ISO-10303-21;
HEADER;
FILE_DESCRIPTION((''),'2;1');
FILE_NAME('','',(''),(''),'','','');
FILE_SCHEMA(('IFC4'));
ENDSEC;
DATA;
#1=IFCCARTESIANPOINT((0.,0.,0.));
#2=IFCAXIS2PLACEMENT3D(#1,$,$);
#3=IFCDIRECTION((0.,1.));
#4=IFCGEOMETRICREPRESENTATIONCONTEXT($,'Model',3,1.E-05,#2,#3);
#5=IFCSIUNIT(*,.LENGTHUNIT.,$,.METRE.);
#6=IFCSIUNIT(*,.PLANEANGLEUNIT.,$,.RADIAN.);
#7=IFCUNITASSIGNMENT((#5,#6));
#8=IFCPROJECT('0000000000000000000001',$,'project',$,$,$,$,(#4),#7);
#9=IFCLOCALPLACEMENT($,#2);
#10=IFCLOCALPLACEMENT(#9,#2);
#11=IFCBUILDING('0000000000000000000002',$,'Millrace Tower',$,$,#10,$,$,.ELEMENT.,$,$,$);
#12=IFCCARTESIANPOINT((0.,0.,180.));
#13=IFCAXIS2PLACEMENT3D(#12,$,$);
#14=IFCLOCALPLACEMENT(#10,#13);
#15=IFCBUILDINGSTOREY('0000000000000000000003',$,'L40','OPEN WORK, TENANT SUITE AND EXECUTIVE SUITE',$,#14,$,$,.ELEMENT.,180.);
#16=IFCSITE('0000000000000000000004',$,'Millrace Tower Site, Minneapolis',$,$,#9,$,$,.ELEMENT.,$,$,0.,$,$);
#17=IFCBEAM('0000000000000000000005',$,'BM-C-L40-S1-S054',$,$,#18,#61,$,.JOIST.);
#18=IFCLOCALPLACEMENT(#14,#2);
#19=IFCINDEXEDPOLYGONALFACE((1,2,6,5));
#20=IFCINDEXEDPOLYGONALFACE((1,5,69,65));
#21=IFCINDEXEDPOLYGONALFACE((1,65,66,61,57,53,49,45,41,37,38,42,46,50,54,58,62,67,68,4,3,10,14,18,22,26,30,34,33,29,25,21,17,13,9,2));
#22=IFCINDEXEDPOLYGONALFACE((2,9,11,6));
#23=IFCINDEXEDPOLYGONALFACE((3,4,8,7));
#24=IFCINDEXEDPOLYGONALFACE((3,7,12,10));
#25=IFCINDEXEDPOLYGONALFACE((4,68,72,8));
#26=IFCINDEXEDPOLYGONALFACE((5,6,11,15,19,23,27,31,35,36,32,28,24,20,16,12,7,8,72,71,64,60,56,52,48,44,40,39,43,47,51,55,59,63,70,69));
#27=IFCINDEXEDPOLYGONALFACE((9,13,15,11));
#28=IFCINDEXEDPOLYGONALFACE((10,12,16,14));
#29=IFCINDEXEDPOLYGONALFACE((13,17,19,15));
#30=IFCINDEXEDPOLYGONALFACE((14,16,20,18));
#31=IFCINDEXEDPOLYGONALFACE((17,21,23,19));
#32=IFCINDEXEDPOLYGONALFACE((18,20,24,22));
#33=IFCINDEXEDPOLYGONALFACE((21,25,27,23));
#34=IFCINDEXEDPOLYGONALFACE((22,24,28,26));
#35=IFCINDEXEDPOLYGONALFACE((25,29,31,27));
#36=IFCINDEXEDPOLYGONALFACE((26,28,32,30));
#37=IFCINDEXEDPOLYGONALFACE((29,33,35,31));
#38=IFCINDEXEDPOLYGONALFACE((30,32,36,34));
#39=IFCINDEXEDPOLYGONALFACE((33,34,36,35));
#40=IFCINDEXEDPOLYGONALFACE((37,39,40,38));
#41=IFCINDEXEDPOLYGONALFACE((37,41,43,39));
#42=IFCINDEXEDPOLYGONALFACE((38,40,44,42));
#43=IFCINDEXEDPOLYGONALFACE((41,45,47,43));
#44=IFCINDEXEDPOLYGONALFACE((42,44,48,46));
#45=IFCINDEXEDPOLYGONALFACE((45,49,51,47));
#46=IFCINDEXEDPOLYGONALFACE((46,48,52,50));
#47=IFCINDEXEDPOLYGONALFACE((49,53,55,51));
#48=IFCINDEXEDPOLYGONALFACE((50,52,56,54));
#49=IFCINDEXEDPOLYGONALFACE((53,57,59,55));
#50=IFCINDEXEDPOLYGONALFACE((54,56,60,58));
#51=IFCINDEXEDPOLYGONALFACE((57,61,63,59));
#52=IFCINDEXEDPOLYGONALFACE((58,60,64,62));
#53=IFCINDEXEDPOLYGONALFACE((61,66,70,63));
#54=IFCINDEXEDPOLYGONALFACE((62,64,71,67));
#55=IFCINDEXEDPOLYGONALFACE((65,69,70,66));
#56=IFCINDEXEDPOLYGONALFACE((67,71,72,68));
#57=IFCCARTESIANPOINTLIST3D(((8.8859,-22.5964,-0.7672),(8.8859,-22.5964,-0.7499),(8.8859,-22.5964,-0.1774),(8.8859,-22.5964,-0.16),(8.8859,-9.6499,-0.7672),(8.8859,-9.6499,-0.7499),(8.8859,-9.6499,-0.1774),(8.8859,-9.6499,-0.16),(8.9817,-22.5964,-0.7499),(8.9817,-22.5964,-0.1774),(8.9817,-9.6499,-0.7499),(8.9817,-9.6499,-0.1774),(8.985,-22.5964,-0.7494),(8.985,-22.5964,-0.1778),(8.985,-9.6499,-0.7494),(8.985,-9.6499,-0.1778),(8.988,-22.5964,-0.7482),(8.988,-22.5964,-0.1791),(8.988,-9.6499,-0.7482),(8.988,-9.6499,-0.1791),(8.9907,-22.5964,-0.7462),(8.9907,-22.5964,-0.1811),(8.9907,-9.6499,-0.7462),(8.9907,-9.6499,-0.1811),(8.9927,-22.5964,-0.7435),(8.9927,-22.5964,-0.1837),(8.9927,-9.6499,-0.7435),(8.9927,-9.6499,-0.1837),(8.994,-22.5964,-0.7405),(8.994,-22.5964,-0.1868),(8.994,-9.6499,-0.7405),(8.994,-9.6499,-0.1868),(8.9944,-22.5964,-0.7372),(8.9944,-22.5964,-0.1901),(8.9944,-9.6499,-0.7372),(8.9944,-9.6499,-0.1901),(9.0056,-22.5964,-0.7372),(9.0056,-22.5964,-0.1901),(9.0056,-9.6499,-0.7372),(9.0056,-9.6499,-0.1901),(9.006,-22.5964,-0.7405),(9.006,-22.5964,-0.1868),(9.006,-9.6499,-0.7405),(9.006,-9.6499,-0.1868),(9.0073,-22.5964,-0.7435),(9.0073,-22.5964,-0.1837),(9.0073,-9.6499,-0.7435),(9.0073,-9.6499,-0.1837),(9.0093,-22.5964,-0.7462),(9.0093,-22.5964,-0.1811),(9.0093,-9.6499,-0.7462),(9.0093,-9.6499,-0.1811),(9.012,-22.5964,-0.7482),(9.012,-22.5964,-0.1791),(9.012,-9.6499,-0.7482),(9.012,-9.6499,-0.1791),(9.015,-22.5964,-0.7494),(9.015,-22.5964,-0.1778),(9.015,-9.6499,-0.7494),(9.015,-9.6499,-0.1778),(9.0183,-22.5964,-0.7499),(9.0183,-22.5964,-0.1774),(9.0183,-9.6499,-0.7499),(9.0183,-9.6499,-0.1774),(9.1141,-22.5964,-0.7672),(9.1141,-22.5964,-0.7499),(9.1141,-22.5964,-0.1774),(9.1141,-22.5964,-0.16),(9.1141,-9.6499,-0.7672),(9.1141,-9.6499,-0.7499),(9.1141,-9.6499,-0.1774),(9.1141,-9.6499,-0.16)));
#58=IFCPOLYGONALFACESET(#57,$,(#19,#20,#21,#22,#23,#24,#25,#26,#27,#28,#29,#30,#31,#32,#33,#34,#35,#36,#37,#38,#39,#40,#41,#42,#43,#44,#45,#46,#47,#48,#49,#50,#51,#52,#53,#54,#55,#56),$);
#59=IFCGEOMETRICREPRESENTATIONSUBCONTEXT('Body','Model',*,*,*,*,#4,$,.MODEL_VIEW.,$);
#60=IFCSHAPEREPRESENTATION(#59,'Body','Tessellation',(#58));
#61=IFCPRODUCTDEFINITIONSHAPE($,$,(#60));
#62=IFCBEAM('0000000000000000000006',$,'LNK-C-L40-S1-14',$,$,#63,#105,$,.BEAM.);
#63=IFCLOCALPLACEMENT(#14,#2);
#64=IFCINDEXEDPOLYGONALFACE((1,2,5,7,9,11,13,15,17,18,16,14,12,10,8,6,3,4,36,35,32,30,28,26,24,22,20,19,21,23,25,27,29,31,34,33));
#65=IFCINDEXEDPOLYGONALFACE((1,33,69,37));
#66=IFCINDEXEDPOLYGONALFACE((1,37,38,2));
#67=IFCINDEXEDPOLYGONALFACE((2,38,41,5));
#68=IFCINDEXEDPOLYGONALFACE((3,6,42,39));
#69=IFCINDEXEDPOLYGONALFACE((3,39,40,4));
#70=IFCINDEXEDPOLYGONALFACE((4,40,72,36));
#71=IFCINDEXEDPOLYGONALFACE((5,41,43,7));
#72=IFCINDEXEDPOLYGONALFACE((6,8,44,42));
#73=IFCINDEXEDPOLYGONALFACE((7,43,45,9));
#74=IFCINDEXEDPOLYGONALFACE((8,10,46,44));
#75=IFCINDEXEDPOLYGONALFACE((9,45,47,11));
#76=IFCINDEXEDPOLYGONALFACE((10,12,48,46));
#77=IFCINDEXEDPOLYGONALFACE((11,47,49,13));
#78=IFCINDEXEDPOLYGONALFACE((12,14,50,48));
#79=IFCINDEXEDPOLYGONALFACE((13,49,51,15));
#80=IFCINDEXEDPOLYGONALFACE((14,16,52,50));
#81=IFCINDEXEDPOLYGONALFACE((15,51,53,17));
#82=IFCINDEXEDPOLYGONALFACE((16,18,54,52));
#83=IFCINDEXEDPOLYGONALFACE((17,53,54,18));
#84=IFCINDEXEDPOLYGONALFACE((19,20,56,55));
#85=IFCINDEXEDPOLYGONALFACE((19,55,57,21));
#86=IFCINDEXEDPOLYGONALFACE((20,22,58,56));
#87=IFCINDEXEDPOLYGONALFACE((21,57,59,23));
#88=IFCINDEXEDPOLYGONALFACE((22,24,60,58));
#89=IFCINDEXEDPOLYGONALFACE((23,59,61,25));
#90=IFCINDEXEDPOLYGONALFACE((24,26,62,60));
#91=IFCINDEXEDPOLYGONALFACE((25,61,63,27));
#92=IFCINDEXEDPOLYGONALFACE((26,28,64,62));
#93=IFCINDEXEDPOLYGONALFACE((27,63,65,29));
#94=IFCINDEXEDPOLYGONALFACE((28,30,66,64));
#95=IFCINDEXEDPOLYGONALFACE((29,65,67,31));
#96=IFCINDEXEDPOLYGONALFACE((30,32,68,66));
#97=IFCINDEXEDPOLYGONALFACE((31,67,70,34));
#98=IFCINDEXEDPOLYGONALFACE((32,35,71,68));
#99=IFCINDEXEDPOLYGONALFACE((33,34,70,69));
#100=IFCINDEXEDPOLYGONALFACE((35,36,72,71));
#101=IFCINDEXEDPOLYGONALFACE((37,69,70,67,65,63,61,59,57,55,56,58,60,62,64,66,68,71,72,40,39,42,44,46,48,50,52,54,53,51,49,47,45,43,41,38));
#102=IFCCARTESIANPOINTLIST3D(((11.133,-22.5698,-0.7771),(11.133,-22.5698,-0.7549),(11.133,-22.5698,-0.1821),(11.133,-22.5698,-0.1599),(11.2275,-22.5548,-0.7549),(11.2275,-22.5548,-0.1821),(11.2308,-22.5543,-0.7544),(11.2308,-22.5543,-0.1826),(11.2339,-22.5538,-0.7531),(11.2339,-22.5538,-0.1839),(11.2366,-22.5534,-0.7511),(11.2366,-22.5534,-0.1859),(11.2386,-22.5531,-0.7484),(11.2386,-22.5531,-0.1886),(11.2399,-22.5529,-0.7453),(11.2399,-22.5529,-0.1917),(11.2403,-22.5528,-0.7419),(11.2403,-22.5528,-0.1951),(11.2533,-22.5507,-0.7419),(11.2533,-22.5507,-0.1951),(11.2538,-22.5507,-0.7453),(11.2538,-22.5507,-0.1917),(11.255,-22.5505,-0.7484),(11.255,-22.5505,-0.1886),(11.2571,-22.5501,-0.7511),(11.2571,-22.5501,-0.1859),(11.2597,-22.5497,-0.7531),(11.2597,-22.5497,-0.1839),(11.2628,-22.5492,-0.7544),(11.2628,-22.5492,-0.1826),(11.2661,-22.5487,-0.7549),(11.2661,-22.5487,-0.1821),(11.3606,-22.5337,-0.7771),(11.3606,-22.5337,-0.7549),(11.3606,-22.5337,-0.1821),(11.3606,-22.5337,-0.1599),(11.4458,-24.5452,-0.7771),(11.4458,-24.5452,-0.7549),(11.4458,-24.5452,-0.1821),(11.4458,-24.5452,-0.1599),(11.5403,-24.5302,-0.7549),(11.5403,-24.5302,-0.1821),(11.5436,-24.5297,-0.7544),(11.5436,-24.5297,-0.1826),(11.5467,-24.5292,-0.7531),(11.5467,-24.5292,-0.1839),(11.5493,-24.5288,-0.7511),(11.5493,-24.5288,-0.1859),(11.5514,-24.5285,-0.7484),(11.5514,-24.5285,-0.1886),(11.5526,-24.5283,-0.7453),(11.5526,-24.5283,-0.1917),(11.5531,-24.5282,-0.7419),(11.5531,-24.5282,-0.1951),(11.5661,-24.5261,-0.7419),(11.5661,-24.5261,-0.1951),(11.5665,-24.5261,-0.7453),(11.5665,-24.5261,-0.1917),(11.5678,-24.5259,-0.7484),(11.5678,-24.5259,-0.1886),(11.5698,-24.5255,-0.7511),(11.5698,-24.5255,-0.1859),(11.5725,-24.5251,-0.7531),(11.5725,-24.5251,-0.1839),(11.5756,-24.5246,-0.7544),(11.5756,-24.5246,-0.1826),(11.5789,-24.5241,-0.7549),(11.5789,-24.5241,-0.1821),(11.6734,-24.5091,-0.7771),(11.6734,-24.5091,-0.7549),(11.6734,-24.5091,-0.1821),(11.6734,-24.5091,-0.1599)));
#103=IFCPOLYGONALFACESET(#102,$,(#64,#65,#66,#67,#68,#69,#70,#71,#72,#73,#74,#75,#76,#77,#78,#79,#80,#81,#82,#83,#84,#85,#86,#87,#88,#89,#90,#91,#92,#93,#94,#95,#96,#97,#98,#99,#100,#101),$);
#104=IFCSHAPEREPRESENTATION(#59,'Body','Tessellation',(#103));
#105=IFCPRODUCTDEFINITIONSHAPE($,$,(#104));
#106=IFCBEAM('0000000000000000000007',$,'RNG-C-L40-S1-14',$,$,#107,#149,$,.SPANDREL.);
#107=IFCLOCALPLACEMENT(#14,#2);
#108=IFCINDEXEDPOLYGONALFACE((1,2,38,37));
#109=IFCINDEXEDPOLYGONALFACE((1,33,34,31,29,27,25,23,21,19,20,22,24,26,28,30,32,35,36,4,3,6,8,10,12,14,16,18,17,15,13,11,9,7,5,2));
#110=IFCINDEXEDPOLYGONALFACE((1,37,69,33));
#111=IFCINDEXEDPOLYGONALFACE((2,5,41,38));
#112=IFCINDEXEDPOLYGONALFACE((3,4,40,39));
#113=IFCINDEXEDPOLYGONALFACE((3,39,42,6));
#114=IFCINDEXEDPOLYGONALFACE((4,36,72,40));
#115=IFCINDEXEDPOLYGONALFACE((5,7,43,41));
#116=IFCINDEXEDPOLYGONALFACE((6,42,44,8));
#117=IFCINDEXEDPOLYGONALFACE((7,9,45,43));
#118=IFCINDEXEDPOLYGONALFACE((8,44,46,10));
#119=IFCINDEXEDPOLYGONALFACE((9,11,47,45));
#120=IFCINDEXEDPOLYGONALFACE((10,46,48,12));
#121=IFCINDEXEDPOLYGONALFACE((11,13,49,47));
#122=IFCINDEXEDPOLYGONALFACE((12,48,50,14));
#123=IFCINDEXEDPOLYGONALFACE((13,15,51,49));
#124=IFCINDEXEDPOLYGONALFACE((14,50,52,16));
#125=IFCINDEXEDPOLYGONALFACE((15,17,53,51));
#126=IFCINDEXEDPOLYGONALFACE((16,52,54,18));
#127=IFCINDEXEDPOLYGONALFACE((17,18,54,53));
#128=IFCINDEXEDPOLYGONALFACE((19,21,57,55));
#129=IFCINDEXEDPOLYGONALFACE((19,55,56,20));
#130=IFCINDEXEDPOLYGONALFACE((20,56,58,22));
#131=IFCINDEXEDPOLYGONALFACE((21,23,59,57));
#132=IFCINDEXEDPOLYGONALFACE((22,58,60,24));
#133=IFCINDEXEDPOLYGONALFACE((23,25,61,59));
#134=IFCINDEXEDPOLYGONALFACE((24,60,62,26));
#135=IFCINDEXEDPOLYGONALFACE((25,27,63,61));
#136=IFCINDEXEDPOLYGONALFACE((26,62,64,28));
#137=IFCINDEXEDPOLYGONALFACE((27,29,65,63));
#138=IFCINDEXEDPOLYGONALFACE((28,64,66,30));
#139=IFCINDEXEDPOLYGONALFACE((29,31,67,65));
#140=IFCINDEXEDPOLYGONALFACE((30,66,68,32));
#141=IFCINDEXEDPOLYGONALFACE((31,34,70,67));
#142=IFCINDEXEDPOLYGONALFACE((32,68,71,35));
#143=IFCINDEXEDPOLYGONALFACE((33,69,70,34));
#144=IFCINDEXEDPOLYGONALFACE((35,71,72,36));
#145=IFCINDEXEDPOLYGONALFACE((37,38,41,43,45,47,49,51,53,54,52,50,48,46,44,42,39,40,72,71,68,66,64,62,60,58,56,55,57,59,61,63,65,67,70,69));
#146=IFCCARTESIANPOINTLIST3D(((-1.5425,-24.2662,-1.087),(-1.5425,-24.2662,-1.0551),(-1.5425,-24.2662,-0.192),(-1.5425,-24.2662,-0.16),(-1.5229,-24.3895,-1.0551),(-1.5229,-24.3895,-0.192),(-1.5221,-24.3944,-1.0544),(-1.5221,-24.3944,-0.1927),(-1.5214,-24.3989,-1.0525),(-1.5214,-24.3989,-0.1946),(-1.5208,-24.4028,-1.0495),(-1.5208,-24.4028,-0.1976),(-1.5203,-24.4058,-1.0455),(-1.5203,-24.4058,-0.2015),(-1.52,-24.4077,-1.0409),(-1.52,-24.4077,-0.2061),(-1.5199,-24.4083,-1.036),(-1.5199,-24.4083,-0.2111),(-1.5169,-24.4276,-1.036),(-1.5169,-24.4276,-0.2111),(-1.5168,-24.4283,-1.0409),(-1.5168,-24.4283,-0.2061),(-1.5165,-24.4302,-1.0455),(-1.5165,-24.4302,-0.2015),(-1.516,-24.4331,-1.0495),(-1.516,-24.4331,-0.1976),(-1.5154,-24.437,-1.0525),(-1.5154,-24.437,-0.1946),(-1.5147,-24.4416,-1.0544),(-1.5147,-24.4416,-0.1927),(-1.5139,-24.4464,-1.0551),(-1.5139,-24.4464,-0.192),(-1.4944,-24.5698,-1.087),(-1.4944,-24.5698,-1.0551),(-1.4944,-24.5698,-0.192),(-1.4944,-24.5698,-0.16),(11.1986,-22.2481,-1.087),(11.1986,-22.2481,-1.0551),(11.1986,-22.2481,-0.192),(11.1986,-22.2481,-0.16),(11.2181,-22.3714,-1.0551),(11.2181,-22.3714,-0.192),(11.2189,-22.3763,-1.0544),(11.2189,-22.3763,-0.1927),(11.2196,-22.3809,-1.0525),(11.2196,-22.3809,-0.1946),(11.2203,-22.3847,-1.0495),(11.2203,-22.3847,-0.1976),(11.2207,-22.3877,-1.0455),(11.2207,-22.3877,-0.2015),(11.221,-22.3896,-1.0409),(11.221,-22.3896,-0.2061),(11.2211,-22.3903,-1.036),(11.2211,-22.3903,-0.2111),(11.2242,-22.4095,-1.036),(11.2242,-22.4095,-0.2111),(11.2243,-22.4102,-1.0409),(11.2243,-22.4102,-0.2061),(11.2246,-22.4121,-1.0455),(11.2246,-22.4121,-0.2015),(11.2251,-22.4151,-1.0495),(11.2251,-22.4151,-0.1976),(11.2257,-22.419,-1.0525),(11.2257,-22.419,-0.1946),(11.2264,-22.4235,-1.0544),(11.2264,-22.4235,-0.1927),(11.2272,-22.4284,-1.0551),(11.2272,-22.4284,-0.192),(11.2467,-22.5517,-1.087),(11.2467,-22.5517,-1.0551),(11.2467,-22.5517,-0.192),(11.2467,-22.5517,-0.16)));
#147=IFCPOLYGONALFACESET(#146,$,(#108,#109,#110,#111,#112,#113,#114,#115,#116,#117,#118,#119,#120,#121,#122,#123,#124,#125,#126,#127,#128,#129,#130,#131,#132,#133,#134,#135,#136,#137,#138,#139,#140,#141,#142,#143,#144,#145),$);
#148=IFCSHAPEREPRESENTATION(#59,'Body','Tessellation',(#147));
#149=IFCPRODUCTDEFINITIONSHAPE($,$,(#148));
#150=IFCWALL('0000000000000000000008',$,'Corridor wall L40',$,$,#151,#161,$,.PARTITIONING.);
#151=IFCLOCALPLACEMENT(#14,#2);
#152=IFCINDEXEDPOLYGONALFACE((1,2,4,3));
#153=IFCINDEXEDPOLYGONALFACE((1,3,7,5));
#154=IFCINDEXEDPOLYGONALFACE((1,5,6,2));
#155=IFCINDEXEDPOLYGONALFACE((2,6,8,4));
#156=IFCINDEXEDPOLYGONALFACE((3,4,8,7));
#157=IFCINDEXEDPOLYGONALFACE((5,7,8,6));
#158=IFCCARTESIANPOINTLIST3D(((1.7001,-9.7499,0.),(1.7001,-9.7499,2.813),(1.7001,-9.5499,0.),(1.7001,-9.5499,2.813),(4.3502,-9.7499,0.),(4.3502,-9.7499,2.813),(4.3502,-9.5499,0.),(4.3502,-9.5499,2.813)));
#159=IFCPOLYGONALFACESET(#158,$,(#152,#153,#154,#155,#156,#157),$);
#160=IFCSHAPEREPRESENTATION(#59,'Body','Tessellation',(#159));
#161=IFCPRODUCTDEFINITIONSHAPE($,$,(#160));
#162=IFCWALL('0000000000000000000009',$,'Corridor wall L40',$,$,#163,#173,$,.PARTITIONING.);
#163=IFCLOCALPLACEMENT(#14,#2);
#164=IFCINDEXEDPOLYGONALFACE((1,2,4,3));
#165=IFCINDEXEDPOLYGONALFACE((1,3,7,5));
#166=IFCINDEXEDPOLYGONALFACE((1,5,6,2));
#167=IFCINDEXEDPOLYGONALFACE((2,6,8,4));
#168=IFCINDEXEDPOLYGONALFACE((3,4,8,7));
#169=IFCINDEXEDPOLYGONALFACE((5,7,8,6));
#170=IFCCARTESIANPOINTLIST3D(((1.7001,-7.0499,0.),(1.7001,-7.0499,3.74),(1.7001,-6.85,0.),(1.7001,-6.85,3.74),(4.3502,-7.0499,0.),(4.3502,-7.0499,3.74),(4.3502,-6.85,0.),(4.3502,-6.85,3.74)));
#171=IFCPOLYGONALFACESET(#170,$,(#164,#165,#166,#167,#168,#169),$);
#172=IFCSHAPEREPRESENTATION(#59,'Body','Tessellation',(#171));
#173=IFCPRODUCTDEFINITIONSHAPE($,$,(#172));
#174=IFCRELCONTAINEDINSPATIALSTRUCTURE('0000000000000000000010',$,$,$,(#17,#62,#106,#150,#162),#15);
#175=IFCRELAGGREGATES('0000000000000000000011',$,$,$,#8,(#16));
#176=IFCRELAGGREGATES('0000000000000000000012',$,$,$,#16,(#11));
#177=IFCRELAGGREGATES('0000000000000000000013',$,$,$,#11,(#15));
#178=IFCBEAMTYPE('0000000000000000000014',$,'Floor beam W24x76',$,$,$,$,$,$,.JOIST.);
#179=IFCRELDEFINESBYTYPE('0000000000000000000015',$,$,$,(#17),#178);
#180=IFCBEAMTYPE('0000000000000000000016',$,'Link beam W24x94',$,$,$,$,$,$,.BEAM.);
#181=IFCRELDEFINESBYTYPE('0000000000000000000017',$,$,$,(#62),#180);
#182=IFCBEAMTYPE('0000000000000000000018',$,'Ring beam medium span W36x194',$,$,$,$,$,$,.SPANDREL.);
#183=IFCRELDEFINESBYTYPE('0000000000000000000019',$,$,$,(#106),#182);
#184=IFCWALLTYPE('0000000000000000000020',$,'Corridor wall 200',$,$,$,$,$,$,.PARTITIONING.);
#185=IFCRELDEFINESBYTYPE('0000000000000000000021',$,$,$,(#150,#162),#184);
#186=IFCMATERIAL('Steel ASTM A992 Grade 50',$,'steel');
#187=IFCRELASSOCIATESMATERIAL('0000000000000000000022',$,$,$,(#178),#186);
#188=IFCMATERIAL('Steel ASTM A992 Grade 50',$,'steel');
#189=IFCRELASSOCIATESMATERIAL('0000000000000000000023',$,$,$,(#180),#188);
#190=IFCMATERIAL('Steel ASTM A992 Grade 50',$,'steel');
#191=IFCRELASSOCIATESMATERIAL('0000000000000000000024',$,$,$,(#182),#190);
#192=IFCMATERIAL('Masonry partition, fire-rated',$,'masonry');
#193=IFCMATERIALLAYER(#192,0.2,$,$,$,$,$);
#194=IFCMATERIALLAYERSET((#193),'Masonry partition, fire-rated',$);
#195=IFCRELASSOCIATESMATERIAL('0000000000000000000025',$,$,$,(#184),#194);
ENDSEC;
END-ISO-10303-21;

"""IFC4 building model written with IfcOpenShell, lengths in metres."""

from ifc_helpers import new_model, si_unit, direction, frame, frame_2d, origin, origin_2d, place, context, subcontext, project, spatial, rectangle, i_section, extrude, material, layer, layer_set, material_profile, profile_set, type_object, element, save


model = new_model("IFC4")

# Units and contexts
model_context = context("Model", 3, precision=1e-05, world=origin(), true_north=direction((0.0, 1.0)))
body_context = subcontext(model_context, "Body", "Model", "MODEL_VIEW")
ifc_project = project(units=[si_unit("LENGTHUNIT", "METRE"), si_unit("PLANEANGLEUNIT", "RADIAN")], contexts=[model_context])

# Site, building, storey
site_placement = place(None, origin())
site = spatial("IfcSite", under=ifc_project, at=site_placement, Name="Millrace Tower Site, Minneapolis", CompositionType="ELEMENT", RefElevation=0.0)
building_placement = place(site_placement, origin())
building = spatial("IfcBuilding", under=site, at=building_placement, Name="Millrace Tower", CompositionType="ELEMENT")
storey_placement = place(building_placement, frame((0.0, 0.0, 180.0)))
storey = spatial("IfcBuildingStorey", under=building, at=storey_placement, Name="L40", Description="OPEN WORK, TENANT SUITE AND EXECUTIVE SUITE", CompositionType="ELEMENT", Elevation=180.0)

# Beams
ifc_material_1 = material(Name="Steel ASTM A992 Grade 50", Category="steel")
ifc_material_profile_1 = material_profile(ifc_material_1, i_section(OverallWidth=0.2283, OverallDepth=0.6072, WebThickness=0.0112, FlangeThickness=0.0173, FilletRadius=0.0127, at=origin_2d()))
ifc_profile_set_1 = profile_set([ifc_material_profile_1], Name="Steel ASTM A992 Grade 50")
beam_type_1 = type_object("IfcBeamType", Name="Floor beam W24x76", PredefinedType="JOIST", material=ifc_profile_set_1)
beam_1_placement = place(storey_placement, frame((9.0, -22.5964, -0.4636), z_axis=(0.0, 1.0, 0.0), x_axis=(-1.0, 0.0, 0.0)))
element("IfcBeam", 1, at=beam_1_placement, inside=storey, type_object=beam_type_1, Name="BM-C-L40-S1-S054", PredefinedType="JOIST", context=body_context, shape_type="SweptSolid", body=[
    extrude(i_section(OverallWidth=0.2283, OverallDepth=0.6072, WebThickness=0.0112, FlangeThickness=0.0173, FilletRadius=0.0127, at=origin_2d()), origin(), (0.0, 0.0, 1.0), 12.9465),
])
ifc_material_2 = material(Name="Steel ASTM A992 Grade 50", Category="steel")
ifc_material_profile_2 = material_profile(ifc_material_2, i_section(OverallWidth=0.2305, OverallDepth=0.6172, WebThickness=0.0132, FlangeThickness=0.0222, FilletRadius=0.0129, at=origin_2d()))
ifc_profile_set_2 = profile_set([ifc_material_profile_2], Name="Steel ASTM A992 Grade 50")
beam_type_2 = type_object("IfcBeamType", Name="Link beam W24x94", PredefinedType="BEAM", material=ifc_profile_set_2)
beam_2_placement = place(storey_placement, frame((11.2468, -22.5518, -0.4685), z_axis=(0.156376, -0.987698, 0.0), x_axis=(0.987698, 0.156376, 0.0)))
element("IfcBeam", 2, at=beam_2_placement, inside=storey, type_object=beam_type_2, Name="LNK-C-L40-S1-14", PredefinedType="BEAM", context=body_context, shape_type="SweptSolid", body=[
    extrude(i_section(OverallWidth=0.2305, OverallDepth=0.6172, WebThickness=0.0132, FlangeThickness=0.0222, FilletRadius=0.0129, at=origin_2d()), origin(), (0.0, 0.0, 1.0), 2.0),
])
ifc_material_3 = material(Name="Steel ASTM A992 Grade 50", Category="steel")
ifc_material_profile_3 = material_profile(ifc_material_3, i_section(OverallWidth=0.3074, OverallDepth=0.927, WebThickness=0.0195, FlangeThickness=0.032, FilletRadius=0.019, at=origin_2d()))
ifc_profile_set_3 = profile_set([ifc_material_profile_3], Name="Steel ASTM A992 Grade 50")
beam_type_3 = type_object("IfcBeamType", Name="Ring beam medium span W36x194", PredefinedType="SPANDREL", material=ifc_profile_set_3)
beam_3_placement = place(storey_placement, frame((11.2227, -22.3999, -0.6235), z_axis=(-0.987687, -0.156442, 0.0), x_axis=(0.156442, -0.987687, 0.0)))
element("IfcBeam", 3, at=beam_3_placement, inside=storey, type_object=beam_type_3, Name="RNG-C-L40-S1-14", PredefinedType="SPANDREL", context=body_context, shape_type="SweptSolid", body=[
    extrude(i_section(OverallWidth=0.3074, OverallDepth=0.927, WebThickness=0.0195, FlangeThickness=0.032, FilletRadius=0.019, at=origin_2d()), origin(), (0.0, 0.0, 1.0), 12.8999),
])

# Walls
ifc_material_4 = material(Name="Masonry partition, fire-rated", Category="masonry")
ifc_layer_1 = layer(ifc_material_4, 0.2)
ifc_layer_set_1 = layer_set([ifc_layer_1], Name="Masonry partition, fire-rated")
wall_type_1 = type_object("IfcWallType", Name="Corridor wall 200", PredefinedType="PARTITIONING", material=ifc_layer_set_1)
wall_1_placement = place(storey_placement, frame((1.7, -9.6499, 0.0), z_axis=(0.0, 0.0, 1.0), x_axis=(1.0, 0.0, 0.0)))
element("IfcWall", 4, at=wall_1_placement, inside=storey, type_object=wall_type_1, Name="Corridor wall L40", PredefinedType="PARTITIONING", context=body_context, shape_type="SweptSolid", body=[
    extrude(rectangle(XDim=2.6501, YDim=0.2, at=frame_2d((1.3252, 0.0))), origin(), (0.0, 0.0, 1.0), 2.813),
])
wall_2_placement = place(storey_placement, frame((1.7, -6.95, 0.0), z_axis=(0.0, 0.0, 1.0), x_axis=(1.0, 0.0, 0.0)))
element("IfcWall", 5, at=wall_2_placement, inside=storey, type_object=wall_type_1, Name="Corridor wall L40", PredefinedType="PARTITIONING", context=body_context, shape_type="SweptSolid", body=[
    extrude(rectangle(XDim=2.6501, YDim=0.2, at=frame_2d((1.3252, 0.0))), origin(), (0.0, 0.0, 1.0), 3.74),
])

save(model, "model.ifc")
